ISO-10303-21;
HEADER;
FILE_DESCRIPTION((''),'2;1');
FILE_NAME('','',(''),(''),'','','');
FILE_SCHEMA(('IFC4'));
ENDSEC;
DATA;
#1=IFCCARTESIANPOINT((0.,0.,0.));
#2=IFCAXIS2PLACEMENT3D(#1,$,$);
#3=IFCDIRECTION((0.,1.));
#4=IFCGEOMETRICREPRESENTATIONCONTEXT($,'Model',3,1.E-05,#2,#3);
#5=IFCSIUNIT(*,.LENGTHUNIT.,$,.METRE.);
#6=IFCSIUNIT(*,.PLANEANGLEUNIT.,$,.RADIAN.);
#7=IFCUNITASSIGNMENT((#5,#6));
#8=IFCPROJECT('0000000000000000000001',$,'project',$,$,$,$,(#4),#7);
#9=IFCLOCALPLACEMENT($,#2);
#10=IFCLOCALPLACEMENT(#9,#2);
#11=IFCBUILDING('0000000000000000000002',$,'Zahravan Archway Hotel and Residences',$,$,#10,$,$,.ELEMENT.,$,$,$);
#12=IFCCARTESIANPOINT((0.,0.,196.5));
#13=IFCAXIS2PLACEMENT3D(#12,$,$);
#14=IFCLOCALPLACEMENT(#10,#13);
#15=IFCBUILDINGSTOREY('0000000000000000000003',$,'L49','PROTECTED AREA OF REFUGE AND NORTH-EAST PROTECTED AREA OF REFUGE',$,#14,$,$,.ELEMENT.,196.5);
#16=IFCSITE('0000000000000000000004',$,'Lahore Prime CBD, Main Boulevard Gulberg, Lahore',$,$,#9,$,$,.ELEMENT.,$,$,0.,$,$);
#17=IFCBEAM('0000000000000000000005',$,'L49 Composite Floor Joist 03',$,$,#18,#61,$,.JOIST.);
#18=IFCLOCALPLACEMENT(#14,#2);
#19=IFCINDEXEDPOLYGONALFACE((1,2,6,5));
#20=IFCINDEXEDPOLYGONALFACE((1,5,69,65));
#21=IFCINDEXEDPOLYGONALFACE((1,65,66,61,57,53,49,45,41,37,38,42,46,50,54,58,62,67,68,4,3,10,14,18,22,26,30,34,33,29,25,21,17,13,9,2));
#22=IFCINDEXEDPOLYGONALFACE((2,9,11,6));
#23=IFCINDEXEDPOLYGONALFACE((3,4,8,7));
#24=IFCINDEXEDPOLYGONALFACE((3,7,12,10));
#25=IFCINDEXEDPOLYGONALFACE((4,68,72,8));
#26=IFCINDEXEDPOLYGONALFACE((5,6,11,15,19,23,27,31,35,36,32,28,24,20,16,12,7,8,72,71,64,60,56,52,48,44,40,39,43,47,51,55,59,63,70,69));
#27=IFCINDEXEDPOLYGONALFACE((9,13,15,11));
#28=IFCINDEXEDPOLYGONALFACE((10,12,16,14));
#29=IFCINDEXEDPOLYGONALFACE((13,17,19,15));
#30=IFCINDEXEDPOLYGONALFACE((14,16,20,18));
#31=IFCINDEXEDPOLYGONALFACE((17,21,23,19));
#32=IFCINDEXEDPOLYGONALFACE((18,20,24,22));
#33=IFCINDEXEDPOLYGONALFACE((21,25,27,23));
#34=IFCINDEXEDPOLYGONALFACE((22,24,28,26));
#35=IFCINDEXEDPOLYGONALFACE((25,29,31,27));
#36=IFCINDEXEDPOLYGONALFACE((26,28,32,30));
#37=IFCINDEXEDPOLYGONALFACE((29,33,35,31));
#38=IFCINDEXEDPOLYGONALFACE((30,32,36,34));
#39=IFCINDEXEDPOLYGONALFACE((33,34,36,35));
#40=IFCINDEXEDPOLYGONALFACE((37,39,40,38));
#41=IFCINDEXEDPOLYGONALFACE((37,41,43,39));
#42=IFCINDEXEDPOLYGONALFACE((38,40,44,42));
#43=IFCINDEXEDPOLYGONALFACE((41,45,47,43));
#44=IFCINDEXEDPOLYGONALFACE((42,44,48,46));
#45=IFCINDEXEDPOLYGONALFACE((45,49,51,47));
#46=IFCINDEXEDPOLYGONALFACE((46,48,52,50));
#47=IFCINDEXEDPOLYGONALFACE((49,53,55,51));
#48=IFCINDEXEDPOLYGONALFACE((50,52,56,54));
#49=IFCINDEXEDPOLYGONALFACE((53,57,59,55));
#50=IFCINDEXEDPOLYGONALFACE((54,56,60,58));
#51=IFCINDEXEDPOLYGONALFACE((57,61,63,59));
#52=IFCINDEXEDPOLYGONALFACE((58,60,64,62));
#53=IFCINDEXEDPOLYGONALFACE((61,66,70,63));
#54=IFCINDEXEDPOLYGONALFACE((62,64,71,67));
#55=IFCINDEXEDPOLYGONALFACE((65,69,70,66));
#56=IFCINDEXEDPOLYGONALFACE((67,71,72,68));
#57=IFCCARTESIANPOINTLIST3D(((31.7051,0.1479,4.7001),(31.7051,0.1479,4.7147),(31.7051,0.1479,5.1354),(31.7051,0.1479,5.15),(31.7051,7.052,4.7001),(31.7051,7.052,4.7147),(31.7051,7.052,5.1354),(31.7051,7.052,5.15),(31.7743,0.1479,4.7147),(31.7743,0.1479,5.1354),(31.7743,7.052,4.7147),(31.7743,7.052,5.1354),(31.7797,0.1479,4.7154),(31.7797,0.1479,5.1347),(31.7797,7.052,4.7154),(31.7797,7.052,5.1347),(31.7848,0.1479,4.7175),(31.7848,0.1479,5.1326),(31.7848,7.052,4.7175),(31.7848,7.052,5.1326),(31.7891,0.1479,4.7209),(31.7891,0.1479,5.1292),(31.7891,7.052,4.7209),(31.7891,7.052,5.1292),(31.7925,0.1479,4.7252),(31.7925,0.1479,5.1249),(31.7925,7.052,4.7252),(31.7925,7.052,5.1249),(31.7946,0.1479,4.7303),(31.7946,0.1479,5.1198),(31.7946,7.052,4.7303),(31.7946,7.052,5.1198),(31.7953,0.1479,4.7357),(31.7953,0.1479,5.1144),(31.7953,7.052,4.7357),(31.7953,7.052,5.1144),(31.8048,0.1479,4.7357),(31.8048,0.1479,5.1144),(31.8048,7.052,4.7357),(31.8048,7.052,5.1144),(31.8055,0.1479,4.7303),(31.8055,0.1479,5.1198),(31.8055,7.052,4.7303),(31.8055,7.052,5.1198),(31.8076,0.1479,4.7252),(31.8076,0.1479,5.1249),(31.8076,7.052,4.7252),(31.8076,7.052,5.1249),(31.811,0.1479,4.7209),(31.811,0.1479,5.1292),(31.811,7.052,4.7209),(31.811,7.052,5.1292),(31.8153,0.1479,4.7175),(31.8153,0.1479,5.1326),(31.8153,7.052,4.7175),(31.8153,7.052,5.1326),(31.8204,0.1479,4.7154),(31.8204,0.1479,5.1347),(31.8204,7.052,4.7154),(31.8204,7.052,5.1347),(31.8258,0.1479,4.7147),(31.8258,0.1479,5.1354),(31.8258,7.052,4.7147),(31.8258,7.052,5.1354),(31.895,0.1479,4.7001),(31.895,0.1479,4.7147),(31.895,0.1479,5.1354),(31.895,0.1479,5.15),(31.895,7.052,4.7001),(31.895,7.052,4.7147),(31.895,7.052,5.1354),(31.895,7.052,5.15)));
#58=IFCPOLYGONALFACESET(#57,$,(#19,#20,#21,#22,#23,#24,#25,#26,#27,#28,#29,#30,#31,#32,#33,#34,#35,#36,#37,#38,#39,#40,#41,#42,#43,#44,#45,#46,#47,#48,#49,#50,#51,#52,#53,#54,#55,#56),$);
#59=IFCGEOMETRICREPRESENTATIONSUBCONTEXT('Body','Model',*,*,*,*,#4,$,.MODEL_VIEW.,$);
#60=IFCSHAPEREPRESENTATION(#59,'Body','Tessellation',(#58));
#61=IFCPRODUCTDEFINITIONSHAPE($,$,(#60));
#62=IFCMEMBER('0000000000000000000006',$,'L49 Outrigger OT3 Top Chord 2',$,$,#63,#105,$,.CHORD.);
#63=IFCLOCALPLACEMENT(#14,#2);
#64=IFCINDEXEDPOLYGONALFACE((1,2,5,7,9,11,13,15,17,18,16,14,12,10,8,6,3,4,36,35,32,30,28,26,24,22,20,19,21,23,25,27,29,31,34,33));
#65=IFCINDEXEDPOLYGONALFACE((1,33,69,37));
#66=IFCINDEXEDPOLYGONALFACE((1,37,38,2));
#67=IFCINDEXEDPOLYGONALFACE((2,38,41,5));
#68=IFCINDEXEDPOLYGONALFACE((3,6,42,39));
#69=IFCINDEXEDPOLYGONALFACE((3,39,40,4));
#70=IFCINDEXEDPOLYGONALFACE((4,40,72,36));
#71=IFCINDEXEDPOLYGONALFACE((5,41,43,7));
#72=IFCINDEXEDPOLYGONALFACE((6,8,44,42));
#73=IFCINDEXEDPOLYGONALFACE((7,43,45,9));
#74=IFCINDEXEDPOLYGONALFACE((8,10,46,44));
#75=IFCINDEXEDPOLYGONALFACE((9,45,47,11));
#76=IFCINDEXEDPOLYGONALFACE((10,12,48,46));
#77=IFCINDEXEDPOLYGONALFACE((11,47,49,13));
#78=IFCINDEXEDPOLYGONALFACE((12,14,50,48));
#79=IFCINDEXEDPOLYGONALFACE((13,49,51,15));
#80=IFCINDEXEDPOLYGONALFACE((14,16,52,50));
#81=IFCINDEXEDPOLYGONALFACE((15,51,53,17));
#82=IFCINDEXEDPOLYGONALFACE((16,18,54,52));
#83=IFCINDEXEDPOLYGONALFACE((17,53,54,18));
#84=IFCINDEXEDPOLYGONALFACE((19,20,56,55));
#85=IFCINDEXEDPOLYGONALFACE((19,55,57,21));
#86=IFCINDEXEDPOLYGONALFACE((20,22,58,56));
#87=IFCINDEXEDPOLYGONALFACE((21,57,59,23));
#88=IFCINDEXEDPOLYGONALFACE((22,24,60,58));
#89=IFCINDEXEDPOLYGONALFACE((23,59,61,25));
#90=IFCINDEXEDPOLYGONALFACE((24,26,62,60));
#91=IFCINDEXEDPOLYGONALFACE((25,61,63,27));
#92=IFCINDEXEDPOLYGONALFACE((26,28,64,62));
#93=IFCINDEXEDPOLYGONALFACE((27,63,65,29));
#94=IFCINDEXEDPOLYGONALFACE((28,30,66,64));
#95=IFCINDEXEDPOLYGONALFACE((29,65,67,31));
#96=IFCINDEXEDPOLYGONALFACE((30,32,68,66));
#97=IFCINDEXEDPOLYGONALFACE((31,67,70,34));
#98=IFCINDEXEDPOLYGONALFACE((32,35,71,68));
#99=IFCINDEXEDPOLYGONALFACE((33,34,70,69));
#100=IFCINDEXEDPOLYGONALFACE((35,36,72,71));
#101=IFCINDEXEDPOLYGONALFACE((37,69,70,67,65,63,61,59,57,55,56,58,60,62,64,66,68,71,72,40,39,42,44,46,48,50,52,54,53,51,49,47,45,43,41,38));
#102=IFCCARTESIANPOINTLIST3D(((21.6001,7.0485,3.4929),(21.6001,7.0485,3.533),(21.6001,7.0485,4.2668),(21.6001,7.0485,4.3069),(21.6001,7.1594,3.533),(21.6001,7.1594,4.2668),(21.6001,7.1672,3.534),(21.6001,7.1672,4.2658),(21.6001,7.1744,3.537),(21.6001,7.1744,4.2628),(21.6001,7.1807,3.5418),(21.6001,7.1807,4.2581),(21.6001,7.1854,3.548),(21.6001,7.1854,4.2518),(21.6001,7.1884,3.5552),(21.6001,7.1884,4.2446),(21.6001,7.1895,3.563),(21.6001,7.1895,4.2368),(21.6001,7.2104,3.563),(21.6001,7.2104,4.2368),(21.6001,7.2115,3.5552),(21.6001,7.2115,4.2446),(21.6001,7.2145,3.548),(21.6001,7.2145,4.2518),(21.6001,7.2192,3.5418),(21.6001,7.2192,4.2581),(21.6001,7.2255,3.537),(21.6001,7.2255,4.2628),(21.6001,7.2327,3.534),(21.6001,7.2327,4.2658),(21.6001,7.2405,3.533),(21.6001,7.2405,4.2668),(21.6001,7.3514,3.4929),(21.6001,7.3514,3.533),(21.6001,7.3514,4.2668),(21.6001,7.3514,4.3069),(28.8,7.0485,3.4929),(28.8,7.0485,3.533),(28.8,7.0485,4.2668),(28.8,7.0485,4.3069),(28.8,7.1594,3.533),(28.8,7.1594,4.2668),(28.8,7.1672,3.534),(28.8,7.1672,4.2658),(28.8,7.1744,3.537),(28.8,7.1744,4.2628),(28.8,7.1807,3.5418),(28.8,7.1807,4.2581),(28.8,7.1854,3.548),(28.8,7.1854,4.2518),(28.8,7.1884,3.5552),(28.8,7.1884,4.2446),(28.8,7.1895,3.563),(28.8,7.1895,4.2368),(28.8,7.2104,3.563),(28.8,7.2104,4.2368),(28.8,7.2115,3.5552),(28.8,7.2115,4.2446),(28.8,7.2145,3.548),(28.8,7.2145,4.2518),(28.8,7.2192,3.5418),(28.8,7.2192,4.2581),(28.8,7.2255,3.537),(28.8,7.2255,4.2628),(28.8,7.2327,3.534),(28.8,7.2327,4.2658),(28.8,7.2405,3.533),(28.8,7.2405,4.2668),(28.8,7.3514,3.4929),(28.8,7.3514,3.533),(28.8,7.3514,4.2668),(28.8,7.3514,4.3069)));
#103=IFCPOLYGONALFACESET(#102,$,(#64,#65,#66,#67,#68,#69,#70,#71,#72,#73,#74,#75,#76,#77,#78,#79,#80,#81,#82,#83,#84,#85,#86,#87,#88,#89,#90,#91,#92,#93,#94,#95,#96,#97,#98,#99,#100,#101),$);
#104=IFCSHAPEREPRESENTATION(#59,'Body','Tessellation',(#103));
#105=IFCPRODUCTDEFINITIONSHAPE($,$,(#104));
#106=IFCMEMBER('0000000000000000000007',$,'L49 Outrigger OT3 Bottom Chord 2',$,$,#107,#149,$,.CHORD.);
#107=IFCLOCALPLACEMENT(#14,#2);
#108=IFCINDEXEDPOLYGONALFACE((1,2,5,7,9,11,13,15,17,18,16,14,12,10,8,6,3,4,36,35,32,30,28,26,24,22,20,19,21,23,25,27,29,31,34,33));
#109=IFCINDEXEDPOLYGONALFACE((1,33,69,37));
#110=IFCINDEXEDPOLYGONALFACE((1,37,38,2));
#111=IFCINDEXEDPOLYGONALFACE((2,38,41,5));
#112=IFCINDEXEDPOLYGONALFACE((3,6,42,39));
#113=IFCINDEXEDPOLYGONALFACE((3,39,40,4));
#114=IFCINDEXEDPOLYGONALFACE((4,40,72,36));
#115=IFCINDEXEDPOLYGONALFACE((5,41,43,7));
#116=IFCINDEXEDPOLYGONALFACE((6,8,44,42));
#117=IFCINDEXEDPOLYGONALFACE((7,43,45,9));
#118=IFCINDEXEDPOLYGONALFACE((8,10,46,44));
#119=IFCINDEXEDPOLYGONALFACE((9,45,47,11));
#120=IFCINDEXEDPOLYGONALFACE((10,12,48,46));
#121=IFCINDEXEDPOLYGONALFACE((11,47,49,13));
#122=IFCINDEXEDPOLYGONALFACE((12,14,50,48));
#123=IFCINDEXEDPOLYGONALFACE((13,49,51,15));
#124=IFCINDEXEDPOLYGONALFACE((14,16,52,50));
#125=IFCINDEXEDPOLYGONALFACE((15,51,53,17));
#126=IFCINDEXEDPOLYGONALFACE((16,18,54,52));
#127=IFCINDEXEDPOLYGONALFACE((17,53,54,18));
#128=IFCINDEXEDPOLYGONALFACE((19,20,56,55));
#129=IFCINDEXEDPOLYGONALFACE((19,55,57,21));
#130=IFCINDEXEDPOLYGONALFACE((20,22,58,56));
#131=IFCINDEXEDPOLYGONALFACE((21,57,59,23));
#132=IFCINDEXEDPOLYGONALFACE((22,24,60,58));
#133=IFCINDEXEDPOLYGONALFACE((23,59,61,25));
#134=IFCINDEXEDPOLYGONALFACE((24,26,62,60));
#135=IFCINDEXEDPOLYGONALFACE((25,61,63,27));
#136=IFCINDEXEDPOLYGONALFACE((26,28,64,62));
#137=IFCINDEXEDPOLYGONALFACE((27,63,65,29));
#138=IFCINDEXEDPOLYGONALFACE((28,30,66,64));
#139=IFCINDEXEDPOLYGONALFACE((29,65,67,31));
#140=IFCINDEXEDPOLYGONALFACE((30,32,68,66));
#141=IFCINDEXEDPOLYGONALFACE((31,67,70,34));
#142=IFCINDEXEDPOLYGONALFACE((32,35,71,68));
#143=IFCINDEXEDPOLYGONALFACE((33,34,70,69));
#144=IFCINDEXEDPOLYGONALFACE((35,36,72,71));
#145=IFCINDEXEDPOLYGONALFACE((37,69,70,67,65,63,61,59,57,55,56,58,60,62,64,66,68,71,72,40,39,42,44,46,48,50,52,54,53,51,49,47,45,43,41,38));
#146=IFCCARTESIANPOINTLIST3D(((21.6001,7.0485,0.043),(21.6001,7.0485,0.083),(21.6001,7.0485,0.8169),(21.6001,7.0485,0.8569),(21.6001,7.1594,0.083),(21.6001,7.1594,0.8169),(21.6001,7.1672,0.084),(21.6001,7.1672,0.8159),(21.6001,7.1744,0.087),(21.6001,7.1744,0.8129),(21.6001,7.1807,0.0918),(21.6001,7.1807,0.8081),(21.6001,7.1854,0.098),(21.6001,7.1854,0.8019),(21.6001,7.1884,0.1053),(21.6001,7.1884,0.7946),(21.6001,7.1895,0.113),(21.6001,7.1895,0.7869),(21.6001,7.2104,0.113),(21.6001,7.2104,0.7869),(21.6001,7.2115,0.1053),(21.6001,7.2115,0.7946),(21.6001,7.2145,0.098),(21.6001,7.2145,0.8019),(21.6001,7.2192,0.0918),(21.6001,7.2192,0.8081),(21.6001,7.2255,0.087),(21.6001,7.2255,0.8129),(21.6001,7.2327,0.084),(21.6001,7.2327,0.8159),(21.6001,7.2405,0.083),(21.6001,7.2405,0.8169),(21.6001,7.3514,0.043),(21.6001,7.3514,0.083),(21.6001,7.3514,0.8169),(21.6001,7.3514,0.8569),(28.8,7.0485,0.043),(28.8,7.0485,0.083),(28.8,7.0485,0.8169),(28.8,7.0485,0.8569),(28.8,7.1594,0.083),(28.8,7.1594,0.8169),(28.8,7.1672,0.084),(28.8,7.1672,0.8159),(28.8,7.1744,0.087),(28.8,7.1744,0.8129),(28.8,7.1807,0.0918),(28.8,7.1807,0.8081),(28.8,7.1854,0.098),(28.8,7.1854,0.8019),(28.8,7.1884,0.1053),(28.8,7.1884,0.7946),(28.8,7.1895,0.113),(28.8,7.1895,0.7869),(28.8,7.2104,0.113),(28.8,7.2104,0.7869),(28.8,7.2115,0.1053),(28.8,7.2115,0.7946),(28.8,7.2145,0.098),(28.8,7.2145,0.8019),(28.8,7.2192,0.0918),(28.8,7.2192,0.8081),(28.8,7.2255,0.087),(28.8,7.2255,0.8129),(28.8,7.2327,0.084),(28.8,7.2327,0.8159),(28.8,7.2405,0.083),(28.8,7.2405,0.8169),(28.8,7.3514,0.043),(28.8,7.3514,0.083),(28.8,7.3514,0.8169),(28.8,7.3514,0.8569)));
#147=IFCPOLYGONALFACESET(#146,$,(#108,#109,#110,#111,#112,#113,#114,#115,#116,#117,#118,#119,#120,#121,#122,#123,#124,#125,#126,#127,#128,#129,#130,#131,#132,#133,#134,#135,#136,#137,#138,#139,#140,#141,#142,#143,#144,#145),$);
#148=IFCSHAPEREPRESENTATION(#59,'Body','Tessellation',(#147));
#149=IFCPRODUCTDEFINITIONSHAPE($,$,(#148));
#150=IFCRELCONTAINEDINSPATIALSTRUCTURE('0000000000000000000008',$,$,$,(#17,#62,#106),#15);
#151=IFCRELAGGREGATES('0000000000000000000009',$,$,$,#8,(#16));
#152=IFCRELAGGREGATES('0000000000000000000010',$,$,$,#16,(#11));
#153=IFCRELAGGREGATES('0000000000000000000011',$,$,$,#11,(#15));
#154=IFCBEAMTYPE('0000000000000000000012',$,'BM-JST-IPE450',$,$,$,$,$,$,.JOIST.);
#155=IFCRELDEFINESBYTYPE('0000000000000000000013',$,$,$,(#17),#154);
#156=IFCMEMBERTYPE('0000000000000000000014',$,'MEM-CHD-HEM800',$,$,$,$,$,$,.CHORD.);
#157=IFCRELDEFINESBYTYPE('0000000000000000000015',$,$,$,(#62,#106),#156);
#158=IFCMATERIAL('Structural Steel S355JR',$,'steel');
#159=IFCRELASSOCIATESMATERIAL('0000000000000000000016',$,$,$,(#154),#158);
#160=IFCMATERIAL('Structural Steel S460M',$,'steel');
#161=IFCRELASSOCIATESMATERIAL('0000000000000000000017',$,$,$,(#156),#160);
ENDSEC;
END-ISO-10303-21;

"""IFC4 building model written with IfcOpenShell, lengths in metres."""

from ifc_helpers import new_model, si_unit, direction, frame, origin, origin_2d, place, context, subcontext, project, spatial, i_section, extrude, source, transform, mapped, material, material_profile, profile_set, type_object, type_shapes, element, save


model = new_model("IFC4")

# Units and contexts
model_context = context("Model", 3, precision=1e-05, world=origin(), true_north=direction((0.0, 1.0)))
body_context = subcontext(model_context, "Body", "Model", "MODEL_VIEW")
ifc_project = project(units=[si_unit("LENGTHUNIT", "METRE"), si_unit("PLANEANGLEUNIT", "RADIAN")], contexts=[model_context])

# Site, building, storey
site_placement = place(None, origin())
site = spatial("IfcSite", under=ifc_project, at=site_placement, Name="Lahore Prime CBD, Main Boulevard Gulberg, Lahore", CompositionType="ELEMENT", RefElevation=0.0)
building_placement = place(site_placement, origin())
building = spatial("IfcBuilding", under=site, at=building_placement, Name="Zahravan Archway Hotel and Residences", CompositionType="ELEMENT")
storey_placement = place(building_placement, frame((0.0, 0.0, 196.5)))
storey = spatial("IfcBuildingStorey", under=building, at=storey_placement, Name="L49", Description="PROTECTED AREA OF REFUGE AND NORTH-EAST PROTECTED AREA OF REFUGE", CompositionType="ELEMENT", Elevation=196.5)

# Shared definitions
ifc_material_1 = material(Name="Structural Steel S460M", Category="steel")

# Beam
ifc_material_2 = material(Name="Structural Steel S355JR", Category="steel")
ifc_material_profile_1 = material_profile(ifc_material_2, i_section(OverallWidth=0.1899, OverallDepth=0.45, WebThickness=0.0095, FlangeThickness=0.0146, FilletRadius=0.021, at=origin_2d()), Name="IPE 450", Category="steel")
ifc_profile_set_1 = profile_set([ifc_material_profile_1], Name="Structural Steel S355JR")
beam_type_1 = type_object("IfcBeamType", Name="BM-JST-IPE450", PredefinedType="JOIST", material=ifc_profile_set_1)
shared_shape_1 = source(origin(), body_context, "Body", "SweptSolid", [
    extrude(i_section(OverallWidth=0.1899, OverallDepth=0.45, WebThickness=0.0095, FlangeThickness=0.0146, FilletRadius=0.021, at=origin_2d()), origin(), (0.0, 0.0, 1.0), 6.9041),
])
type_shapes(beam_type_1, [shared_shape_1])
for number, where, z_axis, x_axis, name in (
    (1, (31.8, 0.1479, 4.925), (0.0, 1.0, 0.0), (-1.0, 0.0, 0.0), "L49 Composite Floor Joist 03"),
):
    element("IfcBeam", number, at=place(storey_placement, frame(where, z_axis=z_axis, x_axis=x_axis)), inside=storey, type_object=beam_type_1, Name=name, PredefinedType="JOIST", context=body_context, shape_type="MappedRepresentation", body=[
        mapped(shared_shape_1, transform((0.0, 0.0, 0.0), scale=1.0)),
    ])

# Members
ifc_material_profile_2 = material_profile(ifc_material_1, i_section(OverallWidth=0.303, OverallDepth=0.814, WebThickness=0.021, FlangeThickness=0.04, FilletRadius=0.03, at=origin_2d()), Name="HEM 800", Category="steel")
ifc_profile_set_2 = profile_set([ifc_material_profile_2], Name="Structural Steel S460M")
member_type_1 = type_object("IfcMemberType", Name="MEM-CHD-HEM800", PredefinedType="CHORD", material=ifc_profile_set_2)
shared_shape_2 = source(origin(), body_context, "Body", "SweptSolid", [
    extrude(i_section(OverallWidth=0.303, OverallDepth=0.814, WebThickness=0.021, FlangeThickness=0.04, FilletRadius=0.03, at=origin_2d()), origin(), (0.0, 0.0, 1.0), 7.2),
])
for number, where, z_axis, x_axis, name in (
    (2, (21.6001, 7.2, 3.8999), (1.0, 0.0, 0.0), (0.0, 1.0, 0.0), "L49 Outrigger OT3 Top Chord 2"),
    (3, (21.6001, 7.2, 0.45), (1.0, 0.0, 0.0), (0.0, 1.0, 0.0), "L49 Outrigger OT3 Bottom Chord 2"),
):
    element("IfcMember", number, at=place(storey_placement, frame(where, z_axis=z_axis, x_axis=x_axis)), inside=storey, type_object=member_type_1, Name=name, PredefinedType="CHORD", context=body_context, shape_type="MappedRepresentation", body=[
        mapped(shared_shape_2, transform((0.0, 0.0, 0.0), scale=1.0)),
    ])

save(model, "model.ifc")
